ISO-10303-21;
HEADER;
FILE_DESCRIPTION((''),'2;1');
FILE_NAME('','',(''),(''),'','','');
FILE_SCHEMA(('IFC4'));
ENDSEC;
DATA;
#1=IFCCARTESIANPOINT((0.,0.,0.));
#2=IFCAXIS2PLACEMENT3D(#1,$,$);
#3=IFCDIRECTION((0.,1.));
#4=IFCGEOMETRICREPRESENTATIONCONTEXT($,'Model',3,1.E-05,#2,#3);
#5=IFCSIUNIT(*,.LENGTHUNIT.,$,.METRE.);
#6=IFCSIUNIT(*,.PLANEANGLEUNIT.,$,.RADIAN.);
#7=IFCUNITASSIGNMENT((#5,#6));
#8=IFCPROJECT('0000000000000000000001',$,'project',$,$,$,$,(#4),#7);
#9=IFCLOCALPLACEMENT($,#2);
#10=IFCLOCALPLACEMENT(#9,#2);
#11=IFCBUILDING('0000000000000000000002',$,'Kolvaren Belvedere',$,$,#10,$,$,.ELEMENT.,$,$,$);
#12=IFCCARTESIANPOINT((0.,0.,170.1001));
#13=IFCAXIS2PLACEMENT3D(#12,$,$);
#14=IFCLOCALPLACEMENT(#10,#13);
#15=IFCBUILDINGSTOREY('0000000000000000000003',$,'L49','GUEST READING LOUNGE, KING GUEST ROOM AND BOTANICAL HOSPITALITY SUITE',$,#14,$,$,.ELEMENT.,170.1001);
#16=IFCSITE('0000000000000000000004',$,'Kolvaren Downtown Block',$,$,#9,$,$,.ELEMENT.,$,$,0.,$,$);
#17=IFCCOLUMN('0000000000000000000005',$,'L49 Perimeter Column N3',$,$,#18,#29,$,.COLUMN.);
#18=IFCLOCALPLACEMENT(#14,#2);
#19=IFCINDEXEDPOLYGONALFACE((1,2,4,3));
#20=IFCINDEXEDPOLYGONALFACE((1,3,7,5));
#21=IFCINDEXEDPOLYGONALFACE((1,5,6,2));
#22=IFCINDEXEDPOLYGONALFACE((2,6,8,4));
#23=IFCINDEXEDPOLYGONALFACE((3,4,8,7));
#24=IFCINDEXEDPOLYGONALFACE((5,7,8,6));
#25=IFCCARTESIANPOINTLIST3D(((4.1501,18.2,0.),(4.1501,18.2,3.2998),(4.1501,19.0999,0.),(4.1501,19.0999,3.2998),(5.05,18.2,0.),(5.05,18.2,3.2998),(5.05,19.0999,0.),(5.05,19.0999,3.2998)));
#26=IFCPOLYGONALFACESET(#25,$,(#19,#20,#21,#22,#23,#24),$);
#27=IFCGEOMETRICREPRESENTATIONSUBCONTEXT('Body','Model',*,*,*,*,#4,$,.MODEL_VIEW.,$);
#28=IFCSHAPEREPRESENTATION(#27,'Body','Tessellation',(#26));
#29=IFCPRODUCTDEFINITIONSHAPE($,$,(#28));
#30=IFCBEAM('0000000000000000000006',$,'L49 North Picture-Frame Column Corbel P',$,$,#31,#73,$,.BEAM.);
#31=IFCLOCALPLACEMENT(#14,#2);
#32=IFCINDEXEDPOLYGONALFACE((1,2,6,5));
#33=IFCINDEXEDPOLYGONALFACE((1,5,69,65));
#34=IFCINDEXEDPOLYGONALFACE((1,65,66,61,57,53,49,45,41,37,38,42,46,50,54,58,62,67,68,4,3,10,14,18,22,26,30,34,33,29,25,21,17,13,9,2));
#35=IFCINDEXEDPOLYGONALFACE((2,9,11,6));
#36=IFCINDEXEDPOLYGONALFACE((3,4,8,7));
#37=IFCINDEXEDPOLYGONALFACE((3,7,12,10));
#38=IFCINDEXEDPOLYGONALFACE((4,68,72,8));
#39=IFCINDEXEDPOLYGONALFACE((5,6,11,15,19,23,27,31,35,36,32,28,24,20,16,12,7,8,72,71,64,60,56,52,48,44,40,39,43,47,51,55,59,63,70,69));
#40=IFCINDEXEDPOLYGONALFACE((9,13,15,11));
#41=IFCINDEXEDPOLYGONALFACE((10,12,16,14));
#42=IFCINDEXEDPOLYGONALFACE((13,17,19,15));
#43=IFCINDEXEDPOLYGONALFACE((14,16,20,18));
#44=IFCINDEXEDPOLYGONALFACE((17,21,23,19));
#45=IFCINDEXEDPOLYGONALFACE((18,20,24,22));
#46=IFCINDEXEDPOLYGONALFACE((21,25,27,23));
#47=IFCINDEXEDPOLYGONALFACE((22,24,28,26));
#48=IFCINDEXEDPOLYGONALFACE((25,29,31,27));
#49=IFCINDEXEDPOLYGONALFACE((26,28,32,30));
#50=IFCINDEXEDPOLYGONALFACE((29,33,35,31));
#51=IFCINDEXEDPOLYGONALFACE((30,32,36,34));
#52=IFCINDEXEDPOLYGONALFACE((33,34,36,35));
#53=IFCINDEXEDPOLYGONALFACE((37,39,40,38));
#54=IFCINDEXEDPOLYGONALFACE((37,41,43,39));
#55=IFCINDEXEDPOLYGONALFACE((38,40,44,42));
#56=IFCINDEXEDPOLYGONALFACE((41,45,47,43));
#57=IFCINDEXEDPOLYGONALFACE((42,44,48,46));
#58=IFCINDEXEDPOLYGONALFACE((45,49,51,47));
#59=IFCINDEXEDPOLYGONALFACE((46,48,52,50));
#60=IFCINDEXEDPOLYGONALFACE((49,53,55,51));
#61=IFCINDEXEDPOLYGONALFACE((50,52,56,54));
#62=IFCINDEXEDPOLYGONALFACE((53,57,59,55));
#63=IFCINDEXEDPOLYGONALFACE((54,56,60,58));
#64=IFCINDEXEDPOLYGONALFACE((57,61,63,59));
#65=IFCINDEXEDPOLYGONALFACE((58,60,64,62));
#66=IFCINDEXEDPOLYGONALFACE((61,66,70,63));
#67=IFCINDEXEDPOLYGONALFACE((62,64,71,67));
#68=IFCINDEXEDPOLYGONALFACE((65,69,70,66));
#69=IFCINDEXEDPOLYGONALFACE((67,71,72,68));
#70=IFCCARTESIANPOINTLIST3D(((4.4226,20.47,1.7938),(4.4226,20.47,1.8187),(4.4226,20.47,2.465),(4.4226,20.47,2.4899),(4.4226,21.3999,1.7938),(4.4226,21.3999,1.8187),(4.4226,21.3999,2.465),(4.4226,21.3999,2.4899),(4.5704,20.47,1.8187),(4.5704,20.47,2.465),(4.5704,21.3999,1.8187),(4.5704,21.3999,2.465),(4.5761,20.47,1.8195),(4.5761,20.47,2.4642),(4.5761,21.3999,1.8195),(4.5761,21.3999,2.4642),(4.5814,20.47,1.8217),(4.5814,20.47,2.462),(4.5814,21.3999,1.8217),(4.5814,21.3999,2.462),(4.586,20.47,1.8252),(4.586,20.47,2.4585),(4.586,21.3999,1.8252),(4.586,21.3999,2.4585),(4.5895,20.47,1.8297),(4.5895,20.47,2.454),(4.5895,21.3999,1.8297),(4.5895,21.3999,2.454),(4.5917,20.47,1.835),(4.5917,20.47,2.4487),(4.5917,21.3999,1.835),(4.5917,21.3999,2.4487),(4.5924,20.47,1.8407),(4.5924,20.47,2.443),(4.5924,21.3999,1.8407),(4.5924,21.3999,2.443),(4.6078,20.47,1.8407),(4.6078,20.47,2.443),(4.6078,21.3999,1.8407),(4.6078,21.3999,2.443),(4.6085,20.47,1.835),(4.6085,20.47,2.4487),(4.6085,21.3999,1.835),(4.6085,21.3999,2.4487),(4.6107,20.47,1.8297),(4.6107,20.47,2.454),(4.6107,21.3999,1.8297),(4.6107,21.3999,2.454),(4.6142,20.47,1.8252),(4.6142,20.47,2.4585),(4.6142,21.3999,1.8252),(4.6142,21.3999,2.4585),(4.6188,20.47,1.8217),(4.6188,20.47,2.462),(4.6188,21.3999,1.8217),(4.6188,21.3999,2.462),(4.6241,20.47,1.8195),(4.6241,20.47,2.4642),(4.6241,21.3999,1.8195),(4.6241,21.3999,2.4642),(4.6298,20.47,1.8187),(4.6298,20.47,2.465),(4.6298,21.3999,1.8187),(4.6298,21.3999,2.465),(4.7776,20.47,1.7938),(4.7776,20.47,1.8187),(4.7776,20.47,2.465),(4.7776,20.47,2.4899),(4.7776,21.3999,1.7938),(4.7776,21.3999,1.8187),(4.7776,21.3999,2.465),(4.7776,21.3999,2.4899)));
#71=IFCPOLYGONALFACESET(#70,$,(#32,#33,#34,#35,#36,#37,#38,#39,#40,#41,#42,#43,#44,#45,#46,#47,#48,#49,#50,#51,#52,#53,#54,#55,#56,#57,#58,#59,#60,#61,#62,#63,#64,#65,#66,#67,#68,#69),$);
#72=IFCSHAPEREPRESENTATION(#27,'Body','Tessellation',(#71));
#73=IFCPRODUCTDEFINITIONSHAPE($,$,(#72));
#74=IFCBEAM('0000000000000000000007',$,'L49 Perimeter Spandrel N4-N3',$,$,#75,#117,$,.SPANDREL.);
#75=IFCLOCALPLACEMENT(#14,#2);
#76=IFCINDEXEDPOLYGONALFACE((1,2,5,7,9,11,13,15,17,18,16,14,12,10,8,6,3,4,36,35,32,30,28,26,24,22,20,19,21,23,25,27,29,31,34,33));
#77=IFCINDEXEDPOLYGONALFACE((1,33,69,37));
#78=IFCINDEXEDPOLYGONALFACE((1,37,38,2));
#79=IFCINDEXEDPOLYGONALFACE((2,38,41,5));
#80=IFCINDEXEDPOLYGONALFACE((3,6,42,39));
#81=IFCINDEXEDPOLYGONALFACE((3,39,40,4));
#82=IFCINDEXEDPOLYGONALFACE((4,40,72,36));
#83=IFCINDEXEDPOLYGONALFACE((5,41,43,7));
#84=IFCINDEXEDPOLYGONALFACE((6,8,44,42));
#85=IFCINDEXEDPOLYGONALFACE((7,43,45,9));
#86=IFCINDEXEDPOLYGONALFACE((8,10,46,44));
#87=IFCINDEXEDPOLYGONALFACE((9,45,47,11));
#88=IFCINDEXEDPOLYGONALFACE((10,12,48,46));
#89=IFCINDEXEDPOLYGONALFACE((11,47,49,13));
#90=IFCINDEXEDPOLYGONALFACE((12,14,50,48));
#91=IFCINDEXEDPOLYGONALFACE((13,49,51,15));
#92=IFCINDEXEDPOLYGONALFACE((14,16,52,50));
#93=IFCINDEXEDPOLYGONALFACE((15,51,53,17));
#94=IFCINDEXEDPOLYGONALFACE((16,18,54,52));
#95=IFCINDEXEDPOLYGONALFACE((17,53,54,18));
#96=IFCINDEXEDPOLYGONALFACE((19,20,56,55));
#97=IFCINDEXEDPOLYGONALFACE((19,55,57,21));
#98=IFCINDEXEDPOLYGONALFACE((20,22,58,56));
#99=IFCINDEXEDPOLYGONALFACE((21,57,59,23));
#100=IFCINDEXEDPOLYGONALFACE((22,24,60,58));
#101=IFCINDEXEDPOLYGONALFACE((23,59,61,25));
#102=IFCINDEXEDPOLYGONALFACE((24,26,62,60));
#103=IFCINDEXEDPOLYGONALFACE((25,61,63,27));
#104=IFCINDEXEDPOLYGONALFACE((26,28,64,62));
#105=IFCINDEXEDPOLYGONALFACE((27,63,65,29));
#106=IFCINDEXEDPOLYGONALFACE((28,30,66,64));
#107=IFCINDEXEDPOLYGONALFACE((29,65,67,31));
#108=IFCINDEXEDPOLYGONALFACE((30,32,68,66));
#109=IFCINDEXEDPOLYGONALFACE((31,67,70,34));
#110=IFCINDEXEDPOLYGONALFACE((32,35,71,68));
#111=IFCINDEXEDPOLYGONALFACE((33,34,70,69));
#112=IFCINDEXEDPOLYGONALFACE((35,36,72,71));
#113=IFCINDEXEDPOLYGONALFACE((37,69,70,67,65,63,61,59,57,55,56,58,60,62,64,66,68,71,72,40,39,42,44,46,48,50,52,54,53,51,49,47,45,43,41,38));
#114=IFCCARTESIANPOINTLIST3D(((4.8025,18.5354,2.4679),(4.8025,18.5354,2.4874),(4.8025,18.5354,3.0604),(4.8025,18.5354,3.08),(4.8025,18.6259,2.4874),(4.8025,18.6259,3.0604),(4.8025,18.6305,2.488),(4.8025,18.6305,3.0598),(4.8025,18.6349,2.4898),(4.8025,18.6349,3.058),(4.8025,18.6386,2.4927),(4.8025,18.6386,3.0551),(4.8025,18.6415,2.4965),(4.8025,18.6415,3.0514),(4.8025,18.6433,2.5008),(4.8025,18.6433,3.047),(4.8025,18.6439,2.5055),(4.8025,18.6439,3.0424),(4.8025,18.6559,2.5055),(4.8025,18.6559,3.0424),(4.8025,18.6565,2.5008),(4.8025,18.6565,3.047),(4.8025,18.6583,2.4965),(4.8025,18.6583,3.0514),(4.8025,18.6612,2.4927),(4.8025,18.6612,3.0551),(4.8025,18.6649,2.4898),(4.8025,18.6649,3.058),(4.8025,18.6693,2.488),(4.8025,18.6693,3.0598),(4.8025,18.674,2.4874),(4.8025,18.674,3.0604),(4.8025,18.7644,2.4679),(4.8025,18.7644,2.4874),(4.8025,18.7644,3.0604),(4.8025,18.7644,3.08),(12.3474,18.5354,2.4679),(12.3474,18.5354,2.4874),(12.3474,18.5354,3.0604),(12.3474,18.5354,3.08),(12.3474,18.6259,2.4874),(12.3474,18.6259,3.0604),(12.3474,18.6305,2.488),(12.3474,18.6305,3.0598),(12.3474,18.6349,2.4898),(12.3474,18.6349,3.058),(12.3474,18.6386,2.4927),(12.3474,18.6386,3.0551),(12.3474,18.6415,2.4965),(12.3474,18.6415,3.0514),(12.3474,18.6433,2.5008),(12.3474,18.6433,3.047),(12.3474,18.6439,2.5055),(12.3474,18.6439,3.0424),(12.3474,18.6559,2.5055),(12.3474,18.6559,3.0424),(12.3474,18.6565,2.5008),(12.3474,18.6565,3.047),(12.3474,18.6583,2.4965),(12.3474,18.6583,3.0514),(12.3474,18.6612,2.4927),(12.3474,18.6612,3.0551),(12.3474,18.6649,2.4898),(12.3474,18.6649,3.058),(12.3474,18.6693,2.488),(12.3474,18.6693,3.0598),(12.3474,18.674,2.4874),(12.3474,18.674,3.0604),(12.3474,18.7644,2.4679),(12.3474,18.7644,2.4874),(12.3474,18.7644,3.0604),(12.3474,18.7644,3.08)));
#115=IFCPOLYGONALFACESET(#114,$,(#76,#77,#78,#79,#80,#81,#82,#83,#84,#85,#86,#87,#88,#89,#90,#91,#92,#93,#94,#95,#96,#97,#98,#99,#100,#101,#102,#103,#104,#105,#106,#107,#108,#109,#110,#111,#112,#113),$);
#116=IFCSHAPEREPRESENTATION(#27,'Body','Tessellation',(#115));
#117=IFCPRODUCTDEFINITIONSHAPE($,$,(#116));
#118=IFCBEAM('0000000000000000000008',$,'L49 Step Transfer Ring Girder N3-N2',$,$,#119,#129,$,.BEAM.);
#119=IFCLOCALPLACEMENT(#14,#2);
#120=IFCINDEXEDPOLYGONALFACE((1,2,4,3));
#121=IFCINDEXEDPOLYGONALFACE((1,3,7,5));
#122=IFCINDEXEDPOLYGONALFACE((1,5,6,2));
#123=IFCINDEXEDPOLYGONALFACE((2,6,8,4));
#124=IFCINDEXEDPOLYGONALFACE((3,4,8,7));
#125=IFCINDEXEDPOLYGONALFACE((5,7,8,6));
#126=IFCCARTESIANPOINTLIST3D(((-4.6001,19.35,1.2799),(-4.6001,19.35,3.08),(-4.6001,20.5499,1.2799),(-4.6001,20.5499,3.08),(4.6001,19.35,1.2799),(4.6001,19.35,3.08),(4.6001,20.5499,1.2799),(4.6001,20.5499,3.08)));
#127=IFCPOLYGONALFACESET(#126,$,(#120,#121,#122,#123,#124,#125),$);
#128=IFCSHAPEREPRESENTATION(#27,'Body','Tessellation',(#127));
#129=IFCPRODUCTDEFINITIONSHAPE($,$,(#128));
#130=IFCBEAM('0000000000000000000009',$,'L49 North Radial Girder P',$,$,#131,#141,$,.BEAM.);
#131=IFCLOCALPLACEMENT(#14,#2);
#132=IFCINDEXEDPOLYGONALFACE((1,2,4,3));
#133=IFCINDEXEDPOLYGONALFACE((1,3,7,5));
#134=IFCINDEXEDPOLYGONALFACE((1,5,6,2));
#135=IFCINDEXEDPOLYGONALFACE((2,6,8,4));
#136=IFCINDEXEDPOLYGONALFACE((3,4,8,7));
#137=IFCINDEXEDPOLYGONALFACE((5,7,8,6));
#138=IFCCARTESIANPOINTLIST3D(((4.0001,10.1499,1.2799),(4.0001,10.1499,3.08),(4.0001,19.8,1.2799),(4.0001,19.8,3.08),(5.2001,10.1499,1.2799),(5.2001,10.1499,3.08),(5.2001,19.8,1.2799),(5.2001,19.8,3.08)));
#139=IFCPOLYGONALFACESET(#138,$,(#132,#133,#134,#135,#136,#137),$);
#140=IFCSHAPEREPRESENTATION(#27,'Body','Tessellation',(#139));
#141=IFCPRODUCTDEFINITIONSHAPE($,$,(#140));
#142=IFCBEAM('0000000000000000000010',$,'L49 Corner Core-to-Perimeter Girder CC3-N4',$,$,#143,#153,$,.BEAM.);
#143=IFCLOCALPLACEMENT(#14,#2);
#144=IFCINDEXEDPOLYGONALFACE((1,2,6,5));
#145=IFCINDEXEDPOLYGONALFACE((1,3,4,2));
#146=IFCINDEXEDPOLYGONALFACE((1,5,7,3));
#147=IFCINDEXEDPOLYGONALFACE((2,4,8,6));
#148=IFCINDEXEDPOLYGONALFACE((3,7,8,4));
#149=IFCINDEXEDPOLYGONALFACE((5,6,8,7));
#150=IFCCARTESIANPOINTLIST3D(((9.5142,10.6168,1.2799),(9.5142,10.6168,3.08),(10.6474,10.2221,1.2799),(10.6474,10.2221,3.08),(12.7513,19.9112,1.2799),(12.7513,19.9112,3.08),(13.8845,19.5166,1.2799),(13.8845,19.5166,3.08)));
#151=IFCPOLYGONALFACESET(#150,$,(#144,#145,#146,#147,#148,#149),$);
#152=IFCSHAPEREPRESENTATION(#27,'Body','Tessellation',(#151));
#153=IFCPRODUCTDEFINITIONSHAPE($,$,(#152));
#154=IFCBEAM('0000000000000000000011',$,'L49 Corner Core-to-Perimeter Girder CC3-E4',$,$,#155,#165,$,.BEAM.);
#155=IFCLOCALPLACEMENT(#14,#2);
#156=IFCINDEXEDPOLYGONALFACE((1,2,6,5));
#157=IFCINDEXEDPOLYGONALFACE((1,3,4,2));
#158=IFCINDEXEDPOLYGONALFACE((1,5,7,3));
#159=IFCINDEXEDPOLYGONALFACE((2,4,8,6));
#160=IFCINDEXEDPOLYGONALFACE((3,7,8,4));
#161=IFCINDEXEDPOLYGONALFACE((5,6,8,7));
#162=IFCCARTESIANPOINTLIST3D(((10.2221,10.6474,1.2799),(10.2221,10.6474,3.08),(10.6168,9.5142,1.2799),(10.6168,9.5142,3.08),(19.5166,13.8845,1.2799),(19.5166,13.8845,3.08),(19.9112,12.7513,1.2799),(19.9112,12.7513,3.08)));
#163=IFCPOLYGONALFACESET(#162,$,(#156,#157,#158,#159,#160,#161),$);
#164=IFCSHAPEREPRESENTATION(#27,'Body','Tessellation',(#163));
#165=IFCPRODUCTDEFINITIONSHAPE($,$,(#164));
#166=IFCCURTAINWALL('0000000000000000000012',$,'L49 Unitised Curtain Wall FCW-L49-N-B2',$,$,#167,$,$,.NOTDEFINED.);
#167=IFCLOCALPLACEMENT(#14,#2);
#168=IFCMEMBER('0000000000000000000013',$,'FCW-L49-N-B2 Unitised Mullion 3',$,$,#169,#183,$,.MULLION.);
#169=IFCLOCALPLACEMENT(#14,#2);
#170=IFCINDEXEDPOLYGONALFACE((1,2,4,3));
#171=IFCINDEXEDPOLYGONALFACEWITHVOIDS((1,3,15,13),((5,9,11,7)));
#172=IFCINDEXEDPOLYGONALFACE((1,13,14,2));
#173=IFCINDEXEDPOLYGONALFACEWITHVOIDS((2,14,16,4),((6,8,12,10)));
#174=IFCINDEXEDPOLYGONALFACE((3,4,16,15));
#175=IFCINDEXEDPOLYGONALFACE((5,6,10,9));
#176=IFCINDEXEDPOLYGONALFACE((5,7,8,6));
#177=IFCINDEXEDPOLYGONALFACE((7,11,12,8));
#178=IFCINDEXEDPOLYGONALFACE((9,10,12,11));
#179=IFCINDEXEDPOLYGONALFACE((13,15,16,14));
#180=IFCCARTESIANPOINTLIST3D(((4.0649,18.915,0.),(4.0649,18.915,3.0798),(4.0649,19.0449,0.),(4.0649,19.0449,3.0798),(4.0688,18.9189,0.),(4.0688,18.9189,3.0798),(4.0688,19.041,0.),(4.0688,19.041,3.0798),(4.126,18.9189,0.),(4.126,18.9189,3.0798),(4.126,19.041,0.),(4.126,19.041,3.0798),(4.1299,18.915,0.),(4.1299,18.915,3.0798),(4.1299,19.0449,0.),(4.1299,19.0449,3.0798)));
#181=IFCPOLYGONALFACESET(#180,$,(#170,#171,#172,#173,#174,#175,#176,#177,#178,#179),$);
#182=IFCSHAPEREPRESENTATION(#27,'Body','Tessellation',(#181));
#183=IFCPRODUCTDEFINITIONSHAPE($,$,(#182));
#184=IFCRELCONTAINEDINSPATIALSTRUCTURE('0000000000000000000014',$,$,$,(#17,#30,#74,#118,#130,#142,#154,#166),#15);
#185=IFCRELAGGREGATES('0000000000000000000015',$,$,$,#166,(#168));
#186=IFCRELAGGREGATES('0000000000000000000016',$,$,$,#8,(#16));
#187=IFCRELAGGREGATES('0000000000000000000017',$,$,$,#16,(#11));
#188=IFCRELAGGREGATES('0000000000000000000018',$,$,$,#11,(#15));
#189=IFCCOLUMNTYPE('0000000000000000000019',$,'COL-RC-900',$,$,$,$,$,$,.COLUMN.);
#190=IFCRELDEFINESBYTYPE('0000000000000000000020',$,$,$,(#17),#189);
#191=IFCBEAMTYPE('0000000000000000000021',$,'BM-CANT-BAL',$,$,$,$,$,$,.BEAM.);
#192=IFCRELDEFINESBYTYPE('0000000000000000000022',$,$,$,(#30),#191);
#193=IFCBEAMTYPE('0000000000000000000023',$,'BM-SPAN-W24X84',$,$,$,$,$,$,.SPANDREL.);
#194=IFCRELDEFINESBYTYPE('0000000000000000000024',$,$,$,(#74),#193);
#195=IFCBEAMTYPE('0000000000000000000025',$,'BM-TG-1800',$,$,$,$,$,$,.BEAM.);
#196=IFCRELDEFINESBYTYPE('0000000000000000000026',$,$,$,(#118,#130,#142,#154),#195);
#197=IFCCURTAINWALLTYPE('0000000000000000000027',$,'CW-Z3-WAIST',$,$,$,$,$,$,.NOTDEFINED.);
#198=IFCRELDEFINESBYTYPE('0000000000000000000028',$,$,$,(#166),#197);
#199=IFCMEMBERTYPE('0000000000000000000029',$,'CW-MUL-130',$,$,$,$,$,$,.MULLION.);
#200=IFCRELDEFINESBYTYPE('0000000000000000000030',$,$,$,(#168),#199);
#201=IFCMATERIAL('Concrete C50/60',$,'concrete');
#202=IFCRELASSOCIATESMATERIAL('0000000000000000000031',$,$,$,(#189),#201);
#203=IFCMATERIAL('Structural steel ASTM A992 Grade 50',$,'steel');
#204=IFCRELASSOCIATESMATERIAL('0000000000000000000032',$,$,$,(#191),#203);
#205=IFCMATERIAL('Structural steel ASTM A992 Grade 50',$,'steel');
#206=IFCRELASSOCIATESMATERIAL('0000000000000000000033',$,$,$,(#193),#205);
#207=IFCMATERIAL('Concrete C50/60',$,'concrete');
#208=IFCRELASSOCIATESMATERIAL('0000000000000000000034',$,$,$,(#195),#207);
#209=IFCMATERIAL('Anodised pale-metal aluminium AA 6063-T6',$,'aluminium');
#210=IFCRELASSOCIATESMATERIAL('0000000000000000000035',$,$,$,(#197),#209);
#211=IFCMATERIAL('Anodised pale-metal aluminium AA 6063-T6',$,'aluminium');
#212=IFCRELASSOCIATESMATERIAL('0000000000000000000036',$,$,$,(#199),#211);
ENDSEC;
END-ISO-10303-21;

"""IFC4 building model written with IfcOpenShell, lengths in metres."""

from ifc_helpers import new_model, si_unit, direction, frame, origin, origin_2d, place, context, subcontext, project, spatial, rectangle, hollow_rectangle, i_section, extrude, material, material_profile, profile_set, type_object, element, aggregate, save


model = new_model("IFC4")

# Units and contexts
model_context = context("Model", 3, precision=1e-05, world=origin(), true_north=direction((0.0, 1.0)))
body_context = subcontext(model_context, "Body", "Model", "MODEL_VIEW")
ifc_project = project(units=[si_unit("LENGTHUNIT", "METRE"), si_unit("PLANEANGLEUNIT", "RADIAN")], contexts=[model_context])

# Site, building, storey
site_placement = place(None, origin())
site = spatial("IfcSite", under=ifc_project, at=site_placement, Name="Kolvaren Downtown Block", CompositionType="ELEMENT", RefElevation=0.0)
building_placement = place(site_placement, origin())
building = spatial("IfcBuilding", under=site, at=building_placement, Name="Kolvaren Belvedere", CompositionType="ELEMENT")
storey_placement = place(building_placement, frame((0.0, 0.0, 170.1001)))
storey = spatial("IfcBuildingStorey", under=building, at=storey_placement, Name="L49", Description="GUEST READING LOUNGE, KING GUEST ROOM AND BOTANICAL HOSPITALITY SUITE", CompositionType="ELEMENT", Elevation=170.1001)

# Column
ifc_material_1 = material(Name="Concrete C50/60", Category="concrete")
ifc_material_profile_1 = material_profile(ifc_material_1, rectangle(XDim=0.8999, YDim=0.8999, at=origin_2d()), Name="RC 900X900")
ifc_profile_set_1 = profile_set([ifc_material_profile_1], Name="Concrete C50/60")
column_type = type_object("IfcColumnType", Name="COL-RC-900", PredefinedType="COLUMN", material=ifc_profile_set_1)
column_placement = place(storey_placement, frame((4.6001, 18.6499, 0.0), z_axis=(0.0, 0.0, 1.0), x_axis=(1.0, 0.0, 0.0)))
element("IfcColumn", 1, at=column_placement, inside=storey, type_object=column_type, Name="L49 Perimeter Column N3", PredefinedType="COLUMN", context=body_context, shape_type="SweptSolid", body=[
    extrude(rectangle(XDim=0.8999, YDim=0.8999, at=origin_2d()), origin(), (0.0, 0.0, 1.0), 3.2998),
])

# Beams
ifc_material_2 = material(Name="Structural steel ASTM A992 Grade 50", Category="steel")
ifc_material_profile_2 = material_profile(ifc_material_2, i_section(OverallWidth=0.355, OverallDepth=0.696, WebThickness=0.0154, FlangeThickness=0.0249, FilletRadius=0.022, at=origin_2d()), Name="W27X146")
ifc_profile_set_2 = profile_set([ifc_material_profile_2], Name="Structural steel ASTM A992 Grade 50")
beam_type_1 = type_object("IfcBeamType", Name="BM-CANT-BAL", PredefinedType="BEAM", material=ifc_profile_set_2)
beam_1_placement = place(storey_placement, frame((4.6001, 20.47, 2.1418), z_axis=(0.0, 1.0, 0.0), x_axis=(-1.0, 0.0, 0.0)))
element("IfcBeam", 2, at=beam_1_placement, inside=storey, type_object=beam_type_1, Name="L49 North Picture-Frame Column Corbel P", PredefinedType="BEAM", context=body_context, shape_type="SweptSolid", body=[
    extrude(i_section(OverallWidth=0.355, OverallDepth=0.696, WebThickness=0.0154, FlangeThickness=0.0249, FilletRadius=0.022, at=origin_2d()), origin(), (0.0, 0.0, 1.0), 0.9299),
])
ifc_material_3 = material(Name="Structural steel ASTM A992 Grade 50", Category="steel")
ifc_material_profile_3 = material_profile(ifc_material_3, i_section(OverallWidth=0.229, OverallDepth=0.6121, WebThickness=0.012, FlangeThickness=0.0195, FilletRadius=0.0181, at=origin_2d()), Name="W24X84")
ifc_profile_set_3 = profile_set([ifc_material_profile_3], Name="Structural steel ASTM A992 Grade 50")
beam_type_2 = type_object("IfcBeamType", Name="BM-SPAN-W24X84", PredefinedType="SPANDREL", material=ifc_profile_set_3)
beam_2_placement = place(storey_placement, frame((12.3474, 18.6499, 2.7739), z_axis=(-1.0, 0.0, 0.0), x_axis=(0.0, -1.0, 0.0)))
element("IfcBeam", 3, at=beam_2_placement, inside=storey, type_object=beam_type_2, Name="L49 Perimeter Spandrel N4-N3", PredefinedType="SPANDREL", context=body_context, shape_type="SweptSolid", body=[
    extrude(i_section(OverallWidth=0.229, OverallDepth=0.6121, WebThickness=0.012, FlangeThickness=0.0195, FilletRadius=0.0181, at=origin_2d()), origin(), (0.0, 0.0, 1.0), 7.5449),
])
ifc_material_4 = material(Name="Concrete C50/60", Category="concrete")
ifc_material_profile_4 = material_profile(ifc_material_4, rectangle(XDim=1.2, YDim=1.8, at=origin_2d()), Name="RC 1200X1800")
ifc_profile_set_4 = profile_set([ifc_material_profile_4], Name="Concrete C50/60")
beam_type_3 = type_object("IfcBeamType", Name="BM-TG-1800", PredefinedType="BEAM", material=ifc_profile_set_4)
beam_3_placement = place(storey_placement, frame((4.6001, 19.95, 2.1799), z_axis=(-1.0, 0.0, 0.0), x_axis=(0.0, -1.0, 0.0)))
element("IfcBeam", 4, at=beam_3_placement, inside=storey, type_object=beam_type_3, Name="L49 Step Transfer Ring Girder N3-N2", PredefinedType="BEAM", context=body_context, shape_type="SweptSolid", body=[
    extrude(rectangle(XDim=1.2, YDim=1.8, at=origin_2d()), origin(), (0.0, 0.0, 1.0), 9.2002),
])
beam_4_placement = place(storey_placement, frame((4.6001, 10.1499, 2.1799), z_axis=(0.0, 1.0, 0.0), x_axis=(-1.0, 0.0, 0.0)))
element("IfcBeam", 5, at=beam_4_placement, inside=storey, type_object=beam_type_3, Name="L49 North Radial Girder P", PredefinedType="BEAM", context=body_context, shape_type="SweptSolid", body=[
    extrude(rectangle(XDim=1.2, YDim=1.8, at=origin_2d()), origin(), (0.0, 0.0, 1.0), 9.6501),
])
for number, where, z_axis, x_axis, name in (
    (6, (10.0808, 10.4194, 2.1799), (0.328903, 0.944364, 0.0), (-0.944364, 0.328903, 0.0), "L49 Corner Core-to-Perimeter Girder CC3-N4"),
    (7, (10.4194, 10.0808, 2.1799), (0.944364, 0.328903, 0.0), (-0.328903, 0.944364, 0.0), "L49 Corner Core-to-Perimeter Girder CC3-E4"),
):
    element("IfcBeam", number, at=place(storey_placement, frame(where, z_axis=z_axis, x_axis=x_axis)), inside=storey, type_object=beam_type_3, Name=name, PredefinedType="BEAM", context=body_context, shape_type="SweptSolid", body=[
        extrude(rectangle(XDim=1.2, YDim=1.8, at=origin_2d()), origin(), (0.0, 0.0, 1.0), 9.842),
    ])

# Curtain wall, member
ifc_material_5 = material(Name="Anodised pale-metal aluminium AA 6063-T6", Category="aluminium")
curtain_wall_type = type_object("IfcCurtainWallType", Name="CW-Z3-WAIST", PredefinedType="NOTDEFINED", material=ifc_material_5)
curtain_wall_1_placement = place(storey_placement, origin())
curtain_wall_1 = element("IfcCurtainWall", 8, at=curtain_wall_1_placement, inside=storey, type_object=curtain_wall_type, Name="L49 Unitised Curtain Wall FCW-L49-N-B2", PredefinedType="NOTDEFINED")
ifc_material_6 = material(Name="Anodised pale-metal aluminium AA 6063-T6", Category="aluminium")
ifc_material_profile_5 = material_profile(ifc_material_6, hollow_rectangle(XDim=0.0649, YDim=0.1299, WallThickness=0.0039, at=origin_2d()), Name="ALU-MUL-130X65")
ifc_profile_set_5 = profile_set([ifc_material_profile_5], Name="Anodised pale-metal aluminium AA 6063-T6")
member_type_1 = type_object("IfcMemberType", Name="CW-MUL-130", PredefinedType="MULLION", material=ifc_profile_set_5)
member_1_placement = place(storey_placement, frame((4.0974, 18.98, 0.0), z_axis=(0.0, 0.0, 1.0), x_axis=(1.0, 0.0, 0.0)))
member_1 = element("IfcMember", 9, at=member_1_placement, type_object=member_type_1, Name="FCW-L49-N-B2 Unitised Mullion 3", PredefinedType="MULLION", context=body_context, shape_type="SweptSolid", body=[
    extrude(hollow_rectangle(XDim=0.0649, YDim=0.1299, WallThickness=0.0039, at=origin_2d()), origin(), (0.0, 0.0, 1.0), 3.0798),
])

aggregate(curtain_wall_1, [member_1])

save(model, "model.ifc")
